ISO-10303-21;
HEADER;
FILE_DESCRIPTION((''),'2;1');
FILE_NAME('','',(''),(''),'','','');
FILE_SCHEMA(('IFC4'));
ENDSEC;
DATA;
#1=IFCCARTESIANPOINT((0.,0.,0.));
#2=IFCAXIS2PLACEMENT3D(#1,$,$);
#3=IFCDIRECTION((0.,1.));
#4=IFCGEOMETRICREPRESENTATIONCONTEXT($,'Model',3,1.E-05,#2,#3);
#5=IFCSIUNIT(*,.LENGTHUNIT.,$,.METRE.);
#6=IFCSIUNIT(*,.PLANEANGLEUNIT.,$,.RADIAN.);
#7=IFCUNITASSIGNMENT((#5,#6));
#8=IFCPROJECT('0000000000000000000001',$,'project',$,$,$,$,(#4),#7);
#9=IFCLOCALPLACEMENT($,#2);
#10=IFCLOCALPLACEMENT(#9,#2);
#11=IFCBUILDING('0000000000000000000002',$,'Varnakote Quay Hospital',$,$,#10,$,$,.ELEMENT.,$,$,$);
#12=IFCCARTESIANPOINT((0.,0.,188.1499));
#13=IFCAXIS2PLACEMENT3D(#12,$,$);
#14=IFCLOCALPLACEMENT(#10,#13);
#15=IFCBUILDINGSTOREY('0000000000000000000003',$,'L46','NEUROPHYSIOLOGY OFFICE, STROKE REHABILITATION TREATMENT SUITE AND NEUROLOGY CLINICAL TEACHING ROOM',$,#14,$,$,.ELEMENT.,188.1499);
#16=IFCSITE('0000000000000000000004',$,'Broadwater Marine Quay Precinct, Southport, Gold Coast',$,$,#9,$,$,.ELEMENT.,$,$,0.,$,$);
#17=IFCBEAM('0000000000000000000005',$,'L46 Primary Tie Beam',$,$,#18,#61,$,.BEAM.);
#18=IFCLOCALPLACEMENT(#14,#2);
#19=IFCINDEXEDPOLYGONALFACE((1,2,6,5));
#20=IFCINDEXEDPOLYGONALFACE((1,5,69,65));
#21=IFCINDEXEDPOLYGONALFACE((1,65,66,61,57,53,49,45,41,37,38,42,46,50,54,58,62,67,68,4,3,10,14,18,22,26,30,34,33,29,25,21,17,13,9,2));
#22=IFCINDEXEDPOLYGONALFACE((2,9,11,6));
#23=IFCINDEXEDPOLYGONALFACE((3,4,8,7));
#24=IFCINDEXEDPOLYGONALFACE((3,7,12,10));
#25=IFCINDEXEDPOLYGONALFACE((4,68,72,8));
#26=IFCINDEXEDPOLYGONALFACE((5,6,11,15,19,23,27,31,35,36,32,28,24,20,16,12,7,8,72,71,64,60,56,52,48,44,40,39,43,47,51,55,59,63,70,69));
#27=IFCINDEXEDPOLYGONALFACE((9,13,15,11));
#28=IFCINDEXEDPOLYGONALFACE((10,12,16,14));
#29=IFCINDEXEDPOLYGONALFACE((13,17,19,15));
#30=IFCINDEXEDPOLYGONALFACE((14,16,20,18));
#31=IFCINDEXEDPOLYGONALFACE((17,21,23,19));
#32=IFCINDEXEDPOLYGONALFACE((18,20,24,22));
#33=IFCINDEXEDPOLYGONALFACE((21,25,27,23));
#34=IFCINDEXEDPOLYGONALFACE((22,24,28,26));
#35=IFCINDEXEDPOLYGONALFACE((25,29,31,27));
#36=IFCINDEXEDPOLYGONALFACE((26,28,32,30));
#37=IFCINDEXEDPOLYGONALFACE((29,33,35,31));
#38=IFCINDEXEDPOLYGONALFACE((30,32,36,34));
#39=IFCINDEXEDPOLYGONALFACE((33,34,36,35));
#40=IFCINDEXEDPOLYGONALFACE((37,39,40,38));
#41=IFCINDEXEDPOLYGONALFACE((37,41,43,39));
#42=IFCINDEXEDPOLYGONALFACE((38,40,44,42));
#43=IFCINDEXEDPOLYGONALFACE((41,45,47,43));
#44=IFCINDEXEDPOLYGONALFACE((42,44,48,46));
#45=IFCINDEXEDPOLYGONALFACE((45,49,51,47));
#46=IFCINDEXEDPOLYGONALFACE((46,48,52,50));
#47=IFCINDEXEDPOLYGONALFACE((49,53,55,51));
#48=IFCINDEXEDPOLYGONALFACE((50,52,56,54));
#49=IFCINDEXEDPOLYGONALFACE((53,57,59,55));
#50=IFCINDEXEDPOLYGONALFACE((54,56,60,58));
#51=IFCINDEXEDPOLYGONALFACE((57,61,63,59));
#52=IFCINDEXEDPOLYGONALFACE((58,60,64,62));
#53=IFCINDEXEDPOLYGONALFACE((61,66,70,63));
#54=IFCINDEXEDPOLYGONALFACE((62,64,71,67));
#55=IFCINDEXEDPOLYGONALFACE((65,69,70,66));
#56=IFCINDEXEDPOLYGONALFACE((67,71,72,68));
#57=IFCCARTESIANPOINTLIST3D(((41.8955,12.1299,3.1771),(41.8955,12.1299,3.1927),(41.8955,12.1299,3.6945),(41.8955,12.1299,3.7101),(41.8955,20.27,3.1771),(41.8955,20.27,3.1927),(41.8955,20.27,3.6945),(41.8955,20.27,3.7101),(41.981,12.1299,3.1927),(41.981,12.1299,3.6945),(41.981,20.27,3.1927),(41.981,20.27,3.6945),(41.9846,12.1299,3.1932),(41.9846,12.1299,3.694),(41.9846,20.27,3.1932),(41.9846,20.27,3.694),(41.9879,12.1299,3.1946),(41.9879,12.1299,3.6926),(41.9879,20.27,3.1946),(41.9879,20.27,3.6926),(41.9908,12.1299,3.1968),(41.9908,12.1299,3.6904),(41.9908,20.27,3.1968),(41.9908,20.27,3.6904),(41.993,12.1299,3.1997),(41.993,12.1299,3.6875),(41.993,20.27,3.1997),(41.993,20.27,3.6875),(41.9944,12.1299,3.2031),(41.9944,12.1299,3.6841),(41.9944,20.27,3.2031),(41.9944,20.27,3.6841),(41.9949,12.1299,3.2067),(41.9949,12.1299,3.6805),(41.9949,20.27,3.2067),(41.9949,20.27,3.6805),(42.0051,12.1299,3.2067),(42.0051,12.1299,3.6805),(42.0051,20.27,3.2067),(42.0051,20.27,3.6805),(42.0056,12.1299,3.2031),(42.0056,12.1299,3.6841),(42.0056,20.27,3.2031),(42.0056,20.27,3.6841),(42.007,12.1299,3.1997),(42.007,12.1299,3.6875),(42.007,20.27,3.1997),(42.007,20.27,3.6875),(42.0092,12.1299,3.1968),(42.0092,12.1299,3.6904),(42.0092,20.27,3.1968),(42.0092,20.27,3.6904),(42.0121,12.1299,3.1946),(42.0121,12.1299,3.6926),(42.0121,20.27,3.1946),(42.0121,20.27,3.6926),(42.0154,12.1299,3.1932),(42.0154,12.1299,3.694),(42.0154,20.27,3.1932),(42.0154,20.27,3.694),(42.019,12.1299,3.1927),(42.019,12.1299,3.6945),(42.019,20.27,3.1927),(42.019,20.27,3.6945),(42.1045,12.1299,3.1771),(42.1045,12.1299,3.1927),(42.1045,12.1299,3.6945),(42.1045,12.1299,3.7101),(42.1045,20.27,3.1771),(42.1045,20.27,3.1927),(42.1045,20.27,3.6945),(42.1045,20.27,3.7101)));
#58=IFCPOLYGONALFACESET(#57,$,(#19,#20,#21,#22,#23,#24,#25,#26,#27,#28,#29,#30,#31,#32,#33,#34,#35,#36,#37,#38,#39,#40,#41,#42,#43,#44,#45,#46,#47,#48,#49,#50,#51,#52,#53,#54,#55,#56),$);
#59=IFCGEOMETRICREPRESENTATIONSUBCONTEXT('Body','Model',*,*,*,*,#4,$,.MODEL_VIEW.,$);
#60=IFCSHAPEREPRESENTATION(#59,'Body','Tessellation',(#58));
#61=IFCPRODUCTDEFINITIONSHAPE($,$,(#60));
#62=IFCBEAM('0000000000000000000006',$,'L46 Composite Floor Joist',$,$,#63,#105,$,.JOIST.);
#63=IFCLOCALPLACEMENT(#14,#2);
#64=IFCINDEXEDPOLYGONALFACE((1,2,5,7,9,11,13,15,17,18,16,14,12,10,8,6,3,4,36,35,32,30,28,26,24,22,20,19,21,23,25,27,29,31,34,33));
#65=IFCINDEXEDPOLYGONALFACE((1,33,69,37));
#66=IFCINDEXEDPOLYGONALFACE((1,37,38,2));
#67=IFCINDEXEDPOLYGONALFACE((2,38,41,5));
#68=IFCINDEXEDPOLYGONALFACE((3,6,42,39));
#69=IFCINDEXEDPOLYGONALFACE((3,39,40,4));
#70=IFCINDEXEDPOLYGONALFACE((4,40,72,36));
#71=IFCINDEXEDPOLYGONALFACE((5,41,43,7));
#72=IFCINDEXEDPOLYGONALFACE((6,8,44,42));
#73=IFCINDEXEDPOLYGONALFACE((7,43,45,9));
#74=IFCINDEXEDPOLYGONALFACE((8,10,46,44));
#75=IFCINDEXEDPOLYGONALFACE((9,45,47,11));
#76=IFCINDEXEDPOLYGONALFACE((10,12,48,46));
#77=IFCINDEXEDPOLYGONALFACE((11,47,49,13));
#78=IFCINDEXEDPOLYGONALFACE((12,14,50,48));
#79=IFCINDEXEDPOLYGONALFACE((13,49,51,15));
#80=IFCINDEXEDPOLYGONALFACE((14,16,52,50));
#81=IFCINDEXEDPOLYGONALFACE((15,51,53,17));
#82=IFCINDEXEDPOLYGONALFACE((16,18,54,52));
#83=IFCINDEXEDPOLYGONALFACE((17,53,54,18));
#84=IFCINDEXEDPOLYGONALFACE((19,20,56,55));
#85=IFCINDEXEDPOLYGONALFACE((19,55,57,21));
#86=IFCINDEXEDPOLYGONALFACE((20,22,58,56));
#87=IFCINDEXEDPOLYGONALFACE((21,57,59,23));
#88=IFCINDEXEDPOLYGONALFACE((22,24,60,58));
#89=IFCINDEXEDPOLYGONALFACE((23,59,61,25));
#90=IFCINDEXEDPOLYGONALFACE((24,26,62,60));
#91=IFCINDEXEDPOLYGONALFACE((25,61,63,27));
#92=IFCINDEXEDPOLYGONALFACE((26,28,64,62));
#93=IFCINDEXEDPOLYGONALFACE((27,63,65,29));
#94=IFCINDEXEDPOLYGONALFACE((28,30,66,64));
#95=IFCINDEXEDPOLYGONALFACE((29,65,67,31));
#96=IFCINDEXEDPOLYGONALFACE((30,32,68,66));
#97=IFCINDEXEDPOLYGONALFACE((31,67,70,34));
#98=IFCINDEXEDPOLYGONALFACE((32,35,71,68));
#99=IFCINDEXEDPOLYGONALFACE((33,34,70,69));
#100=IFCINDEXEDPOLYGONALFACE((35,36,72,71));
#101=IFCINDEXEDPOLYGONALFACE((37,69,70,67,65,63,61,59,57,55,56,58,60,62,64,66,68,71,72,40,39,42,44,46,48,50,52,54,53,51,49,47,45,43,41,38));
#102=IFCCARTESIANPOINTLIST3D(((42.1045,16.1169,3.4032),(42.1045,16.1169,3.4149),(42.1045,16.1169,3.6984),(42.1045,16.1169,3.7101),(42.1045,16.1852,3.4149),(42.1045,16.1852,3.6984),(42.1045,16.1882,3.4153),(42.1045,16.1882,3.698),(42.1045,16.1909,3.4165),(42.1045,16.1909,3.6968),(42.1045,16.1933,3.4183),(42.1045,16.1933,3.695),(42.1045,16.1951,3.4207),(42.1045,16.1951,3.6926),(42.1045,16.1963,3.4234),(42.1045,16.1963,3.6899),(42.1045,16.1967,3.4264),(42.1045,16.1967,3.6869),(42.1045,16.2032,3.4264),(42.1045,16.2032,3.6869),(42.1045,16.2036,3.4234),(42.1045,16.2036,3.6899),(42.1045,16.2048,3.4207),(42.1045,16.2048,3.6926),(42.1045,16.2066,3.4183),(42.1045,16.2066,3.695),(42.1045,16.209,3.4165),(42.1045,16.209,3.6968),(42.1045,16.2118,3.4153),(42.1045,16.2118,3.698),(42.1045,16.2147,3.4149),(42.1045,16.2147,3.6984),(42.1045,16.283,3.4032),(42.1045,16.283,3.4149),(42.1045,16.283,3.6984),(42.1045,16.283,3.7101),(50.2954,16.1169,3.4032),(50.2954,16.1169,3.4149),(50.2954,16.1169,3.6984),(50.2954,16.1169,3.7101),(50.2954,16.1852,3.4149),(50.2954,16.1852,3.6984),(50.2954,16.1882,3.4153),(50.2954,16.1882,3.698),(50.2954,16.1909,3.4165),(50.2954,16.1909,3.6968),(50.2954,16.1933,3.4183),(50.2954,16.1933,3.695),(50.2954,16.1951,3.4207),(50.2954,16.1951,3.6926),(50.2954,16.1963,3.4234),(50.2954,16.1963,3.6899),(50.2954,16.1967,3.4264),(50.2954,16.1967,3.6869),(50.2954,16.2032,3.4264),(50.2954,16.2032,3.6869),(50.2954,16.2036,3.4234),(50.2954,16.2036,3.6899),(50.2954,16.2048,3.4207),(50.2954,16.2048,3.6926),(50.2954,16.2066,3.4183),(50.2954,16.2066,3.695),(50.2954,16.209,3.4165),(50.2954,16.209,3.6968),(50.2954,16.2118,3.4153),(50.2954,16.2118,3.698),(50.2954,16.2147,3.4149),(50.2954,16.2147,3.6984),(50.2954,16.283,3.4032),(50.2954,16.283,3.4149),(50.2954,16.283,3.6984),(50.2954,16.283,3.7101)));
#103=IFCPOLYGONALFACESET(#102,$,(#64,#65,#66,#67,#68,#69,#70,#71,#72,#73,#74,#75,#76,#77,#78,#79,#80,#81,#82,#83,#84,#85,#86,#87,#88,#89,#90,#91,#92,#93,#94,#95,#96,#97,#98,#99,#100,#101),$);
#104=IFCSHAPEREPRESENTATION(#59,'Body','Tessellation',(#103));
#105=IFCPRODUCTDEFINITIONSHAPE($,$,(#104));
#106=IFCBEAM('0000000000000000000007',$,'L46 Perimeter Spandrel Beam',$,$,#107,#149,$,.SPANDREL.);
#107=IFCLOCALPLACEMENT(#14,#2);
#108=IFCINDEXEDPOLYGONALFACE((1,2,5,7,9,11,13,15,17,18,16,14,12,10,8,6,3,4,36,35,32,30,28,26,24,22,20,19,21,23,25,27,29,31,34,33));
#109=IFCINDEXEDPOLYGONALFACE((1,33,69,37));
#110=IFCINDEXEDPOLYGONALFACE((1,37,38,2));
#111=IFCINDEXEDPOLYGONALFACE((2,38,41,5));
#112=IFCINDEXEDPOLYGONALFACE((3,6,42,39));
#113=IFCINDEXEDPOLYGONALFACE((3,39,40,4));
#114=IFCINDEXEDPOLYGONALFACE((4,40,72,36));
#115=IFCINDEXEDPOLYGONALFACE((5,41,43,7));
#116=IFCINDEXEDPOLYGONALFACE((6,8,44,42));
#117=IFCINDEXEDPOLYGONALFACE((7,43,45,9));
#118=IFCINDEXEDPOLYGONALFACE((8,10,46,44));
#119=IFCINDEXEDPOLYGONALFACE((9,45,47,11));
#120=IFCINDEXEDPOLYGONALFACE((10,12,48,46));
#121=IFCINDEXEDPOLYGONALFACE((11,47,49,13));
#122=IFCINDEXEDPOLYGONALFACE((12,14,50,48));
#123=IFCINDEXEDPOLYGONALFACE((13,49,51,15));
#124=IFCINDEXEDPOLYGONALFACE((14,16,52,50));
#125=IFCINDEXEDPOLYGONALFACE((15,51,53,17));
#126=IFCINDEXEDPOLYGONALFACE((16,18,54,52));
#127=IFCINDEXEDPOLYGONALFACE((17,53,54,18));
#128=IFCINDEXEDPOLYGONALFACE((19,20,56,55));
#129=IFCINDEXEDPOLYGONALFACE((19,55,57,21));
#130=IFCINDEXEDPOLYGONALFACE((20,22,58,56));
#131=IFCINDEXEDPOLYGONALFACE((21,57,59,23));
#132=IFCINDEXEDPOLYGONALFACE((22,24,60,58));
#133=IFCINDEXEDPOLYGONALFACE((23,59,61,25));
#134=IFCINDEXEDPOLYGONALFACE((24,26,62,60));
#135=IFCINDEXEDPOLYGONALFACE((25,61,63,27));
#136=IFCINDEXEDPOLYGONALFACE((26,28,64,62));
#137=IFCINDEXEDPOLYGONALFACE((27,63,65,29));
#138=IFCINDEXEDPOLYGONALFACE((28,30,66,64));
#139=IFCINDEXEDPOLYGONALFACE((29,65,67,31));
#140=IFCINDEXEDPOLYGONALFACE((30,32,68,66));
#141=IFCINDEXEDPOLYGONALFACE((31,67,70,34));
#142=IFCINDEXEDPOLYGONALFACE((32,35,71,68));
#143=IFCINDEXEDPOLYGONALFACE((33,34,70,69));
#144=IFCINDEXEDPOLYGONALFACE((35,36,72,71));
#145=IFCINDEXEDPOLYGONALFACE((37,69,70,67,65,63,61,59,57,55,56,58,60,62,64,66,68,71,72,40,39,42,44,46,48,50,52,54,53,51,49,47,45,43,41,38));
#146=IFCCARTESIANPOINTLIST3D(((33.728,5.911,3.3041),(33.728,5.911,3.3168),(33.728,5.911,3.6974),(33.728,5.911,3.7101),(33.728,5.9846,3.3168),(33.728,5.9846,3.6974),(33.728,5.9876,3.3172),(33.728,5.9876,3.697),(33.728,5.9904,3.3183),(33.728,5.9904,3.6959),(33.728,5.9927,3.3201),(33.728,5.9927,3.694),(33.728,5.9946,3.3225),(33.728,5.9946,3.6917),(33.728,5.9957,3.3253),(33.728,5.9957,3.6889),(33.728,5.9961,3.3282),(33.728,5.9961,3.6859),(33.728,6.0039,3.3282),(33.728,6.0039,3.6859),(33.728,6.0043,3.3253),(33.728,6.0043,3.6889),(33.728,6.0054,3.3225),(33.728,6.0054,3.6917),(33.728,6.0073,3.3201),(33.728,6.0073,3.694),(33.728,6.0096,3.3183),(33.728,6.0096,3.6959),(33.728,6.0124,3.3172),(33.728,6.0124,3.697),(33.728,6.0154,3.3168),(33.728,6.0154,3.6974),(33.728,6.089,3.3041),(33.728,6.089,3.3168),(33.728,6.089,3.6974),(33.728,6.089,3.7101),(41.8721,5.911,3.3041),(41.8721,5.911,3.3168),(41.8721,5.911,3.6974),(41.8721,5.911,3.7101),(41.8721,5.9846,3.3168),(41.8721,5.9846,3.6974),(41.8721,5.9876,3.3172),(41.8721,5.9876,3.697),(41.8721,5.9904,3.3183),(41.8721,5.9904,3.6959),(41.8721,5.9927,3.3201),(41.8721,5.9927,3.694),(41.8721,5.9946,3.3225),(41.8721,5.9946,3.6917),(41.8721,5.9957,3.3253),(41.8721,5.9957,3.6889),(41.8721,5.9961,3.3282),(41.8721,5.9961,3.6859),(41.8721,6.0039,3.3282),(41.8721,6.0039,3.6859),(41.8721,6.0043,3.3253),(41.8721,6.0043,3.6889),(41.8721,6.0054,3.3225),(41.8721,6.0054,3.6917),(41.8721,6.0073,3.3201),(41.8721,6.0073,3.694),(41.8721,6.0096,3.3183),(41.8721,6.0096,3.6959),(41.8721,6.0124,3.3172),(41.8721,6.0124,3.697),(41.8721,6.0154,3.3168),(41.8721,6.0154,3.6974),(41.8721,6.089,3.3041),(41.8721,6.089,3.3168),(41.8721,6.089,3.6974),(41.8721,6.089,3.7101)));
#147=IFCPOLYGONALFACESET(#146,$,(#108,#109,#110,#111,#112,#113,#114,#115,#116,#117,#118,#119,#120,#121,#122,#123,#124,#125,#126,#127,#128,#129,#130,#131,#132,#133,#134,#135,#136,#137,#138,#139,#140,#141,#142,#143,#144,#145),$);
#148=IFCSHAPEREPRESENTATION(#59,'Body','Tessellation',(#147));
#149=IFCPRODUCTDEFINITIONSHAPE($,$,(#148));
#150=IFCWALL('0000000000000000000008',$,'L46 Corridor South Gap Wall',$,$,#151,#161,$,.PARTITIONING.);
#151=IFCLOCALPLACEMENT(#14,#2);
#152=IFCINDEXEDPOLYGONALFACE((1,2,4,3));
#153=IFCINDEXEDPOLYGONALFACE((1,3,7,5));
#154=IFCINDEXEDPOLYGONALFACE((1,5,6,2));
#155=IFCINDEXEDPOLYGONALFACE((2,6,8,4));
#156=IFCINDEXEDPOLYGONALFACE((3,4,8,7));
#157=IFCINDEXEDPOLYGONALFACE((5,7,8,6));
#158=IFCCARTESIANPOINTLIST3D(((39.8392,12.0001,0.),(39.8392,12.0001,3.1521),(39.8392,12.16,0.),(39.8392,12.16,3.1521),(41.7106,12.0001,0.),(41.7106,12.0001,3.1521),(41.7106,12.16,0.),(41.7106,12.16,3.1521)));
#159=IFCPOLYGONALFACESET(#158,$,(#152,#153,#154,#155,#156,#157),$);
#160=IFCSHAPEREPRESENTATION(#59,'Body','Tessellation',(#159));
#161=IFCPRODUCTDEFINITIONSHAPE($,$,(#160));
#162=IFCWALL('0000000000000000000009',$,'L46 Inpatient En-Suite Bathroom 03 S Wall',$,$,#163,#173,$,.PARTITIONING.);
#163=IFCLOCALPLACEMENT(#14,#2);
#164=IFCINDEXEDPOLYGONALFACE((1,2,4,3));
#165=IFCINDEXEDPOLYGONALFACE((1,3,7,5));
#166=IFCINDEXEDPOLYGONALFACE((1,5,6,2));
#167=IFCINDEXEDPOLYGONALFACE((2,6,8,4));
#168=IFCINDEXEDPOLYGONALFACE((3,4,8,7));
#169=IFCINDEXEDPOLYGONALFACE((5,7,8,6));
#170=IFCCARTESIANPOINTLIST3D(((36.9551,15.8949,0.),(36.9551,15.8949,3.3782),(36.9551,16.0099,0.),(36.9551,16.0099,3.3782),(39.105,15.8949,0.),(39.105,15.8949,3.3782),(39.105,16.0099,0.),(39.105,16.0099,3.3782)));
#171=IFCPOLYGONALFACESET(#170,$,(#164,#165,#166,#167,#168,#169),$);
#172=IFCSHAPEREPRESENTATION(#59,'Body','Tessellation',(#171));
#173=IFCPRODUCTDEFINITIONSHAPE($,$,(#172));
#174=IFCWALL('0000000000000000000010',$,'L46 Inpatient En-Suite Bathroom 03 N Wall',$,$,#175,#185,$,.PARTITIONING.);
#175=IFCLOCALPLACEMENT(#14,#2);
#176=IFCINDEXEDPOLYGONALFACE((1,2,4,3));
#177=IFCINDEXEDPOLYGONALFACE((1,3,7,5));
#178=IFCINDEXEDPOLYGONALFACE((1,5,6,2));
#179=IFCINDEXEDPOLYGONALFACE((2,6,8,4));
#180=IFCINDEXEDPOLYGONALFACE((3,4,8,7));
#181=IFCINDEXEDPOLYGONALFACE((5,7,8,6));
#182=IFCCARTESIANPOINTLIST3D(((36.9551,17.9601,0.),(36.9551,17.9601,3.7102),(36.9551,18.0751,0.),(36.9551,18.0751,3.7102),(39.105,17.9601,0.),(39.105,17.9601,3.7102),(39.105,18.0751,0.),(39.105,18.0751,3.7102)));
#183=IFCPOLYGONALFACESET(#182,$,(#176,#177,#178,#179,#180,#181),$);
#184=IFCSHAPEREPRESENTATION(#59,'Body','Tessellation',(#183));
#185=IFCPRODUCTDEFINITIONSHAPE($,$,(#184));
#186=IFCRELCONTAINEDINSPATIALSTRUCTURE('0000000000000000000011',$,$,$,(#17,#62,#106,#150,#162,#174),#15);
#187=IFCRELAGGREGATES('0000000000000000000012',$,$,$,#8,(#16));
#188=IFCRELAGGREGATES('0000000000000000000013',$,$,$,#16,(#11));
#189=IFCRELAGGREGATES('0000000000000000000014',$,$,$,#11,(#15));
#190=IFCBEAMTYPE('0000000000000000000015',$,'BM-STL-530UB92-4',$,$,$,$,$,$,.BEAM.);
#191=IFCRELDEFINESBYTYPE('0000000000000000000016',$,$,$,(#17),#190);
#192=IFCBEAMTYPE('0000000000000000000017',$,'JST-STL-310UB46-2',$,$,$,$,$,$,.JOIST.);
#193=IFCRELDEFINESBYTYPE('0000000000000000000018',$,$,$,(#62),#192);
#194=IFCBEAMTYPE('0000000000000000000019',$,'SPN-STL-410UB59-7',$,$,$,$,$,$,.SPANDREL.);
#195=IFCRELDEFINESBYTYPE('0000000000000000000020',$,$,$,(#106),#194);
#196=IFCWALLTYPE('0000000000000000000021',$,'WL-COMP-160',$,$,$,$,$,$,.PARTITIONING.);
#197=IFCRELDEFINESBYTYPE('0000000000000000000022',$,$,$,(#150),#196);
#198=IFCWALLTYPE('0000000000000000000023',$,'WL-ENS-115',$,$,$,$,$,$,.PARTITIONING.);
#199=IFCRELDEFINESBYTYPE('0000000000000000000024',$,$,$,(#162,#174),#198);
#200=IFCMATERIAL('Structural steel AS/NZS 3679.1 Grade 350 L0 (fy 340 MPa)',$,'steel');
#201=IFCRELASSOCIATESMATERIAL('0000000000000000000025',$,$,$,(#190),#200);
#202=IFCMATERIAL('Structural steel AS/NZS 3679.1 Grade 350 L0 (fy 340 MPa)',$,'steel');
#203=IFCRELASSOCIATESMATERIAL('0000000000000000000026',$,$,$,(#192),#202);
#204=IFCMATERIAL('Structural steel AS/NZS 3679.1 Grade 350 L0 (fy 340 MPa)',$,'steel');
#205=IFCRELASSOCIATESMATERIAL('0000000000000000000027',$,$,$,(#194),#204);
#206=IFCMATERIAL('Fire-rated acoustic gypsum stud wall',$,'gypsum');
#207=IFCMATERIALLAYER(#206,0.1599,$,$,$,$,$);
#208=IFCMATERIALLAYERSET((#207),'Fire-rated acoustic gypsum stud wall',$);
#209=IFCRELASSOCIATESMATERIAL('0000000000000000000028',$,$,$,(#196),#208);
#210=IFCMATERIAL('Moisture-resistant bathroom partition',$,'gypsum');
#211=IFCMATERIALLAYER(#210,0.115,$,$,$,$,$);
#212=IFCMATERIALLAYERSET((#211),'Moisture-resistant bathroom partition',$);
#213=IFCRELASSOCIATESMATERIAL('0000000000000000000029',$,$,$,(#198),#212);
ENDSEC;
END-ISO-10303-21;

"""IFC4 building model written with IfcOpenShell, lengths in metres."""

from ifc_helpers import new_model, si_unit, direction, frame, frame_2d, origin, origin_2d, place, context, subcontext, project, spatial, rectangle, i_section, extrude, material, layer, layer_set, material_profile, profile_set, type_object, element, save


model = new_model("IFC4")

# Units and contexts
model_context = context("Model", 3, precision=1e-05, world=origin(), true_north=direction((0.0, 1.0)))
body_context = subcontext(model_context, "Body", "Model", "MODEL_VIEW")
ifc_project = project(units=[si_unit("LENGTHUNIT", "METRE"), si_unit("PLANEANGLEUNIT", "RADIAN")], contexts=[model_context])

# Site, building, storey
site_placement = place(None, origin())
site = spatial("IfcSite", under=ifc_project, at=site_placement, Name="Broadwater Marine Quay Precinct, Southport, Gold Coast", CompositionType="ELEMENT", RefElevation=0.0)
building_placement = place(site_placement, origin())
building = spatial("IfcBuilding", under=site, at=building_placement, Name="Varnakote Quay Hospital", CompositionType="ELEMENT")
storey_placement = place(building_placement, frame((0.0, 0.0, 188.1499)))
storey = spatial("IfcBuildingStorey", under=building, at=storey_placement, Name="L46", Description="NEUROPHYSIOLOGY OFFICE, STROKE REHABILITATION TREATMENT SUITE AND NEUROLOGY CLINICAL TEACHING ROOM", CompositionType="ELEMENT", Elevation=188.1499)

# Beams
ifc_material_1 = material(Name="Structural steel AS/NZS 3679.1 Grade 350 L0 (fy 340 MPa)", Category="steel")
ifc_material_profile_1 = material_profile(ifc_material_1, i_section(OverallWidth=0.209, OverallDepth=0.533, WebThickness=0.0103, FlangeThickness=0.0156, FilletRadius=0.0139, at=origin_2d()), Name="530UB92.4")
ifc_profile_set_1 = profile_set([ifc_material_profile_1], Name="Structural steel AS/NZS 3679.1 Grade 350 L0 (fy 340 MPa)")
beam_type_1 = type_object("IfcBeamType", Name="BM-STL-530UB92-4", PredefinedType="BEAM", material=ifc_profile_set_1)
beam_1_placement = place(storey_placement, frame((42.0, 12.1299, 3.4436), z_axis=(0.0, 1.0, 0.0), x_axis=(-1.0, 0.0, 0.0)))
element("IfcBeam", 1, at=beam_1_placement, inside=storey, type_object=beam_type_1, Name="L46 Primary Tie Beam", PredefinedType="BEAM", context=body_context, shape_type="SweptSolid", body=[
    extrude(i_section(OverallWidth=0.209, OverallDepth=0.533, WebThickness=0.0103, FlangeThickness=0.0156, FilletRadius=0.0139, at=origin_2d()), origin(), (0.0, 0.0, 1.0), 8.1401),
])
ifc_material_2 = material(Name="Structural steel AS/NZS 3679.1 Grade 350 L0 (fy 340 MPa)", Category="steel")
ifc_material_profile_2 = material_profile(ifc_material_2, i_section(OverallWidth=0.166, OverallDepth=0.3069, WebThickness=0.0066, FlangeThickness=0.0117, FilletRadius=0.0115, at=origin_2d()), Name="310UB46.2")
ifc_profile_set_2 = profile_set([ifc_material_profile_2], Name="Structural steel AS/NZS 3679.1 Grade 350 L0 (fy 340 MPa)")
beam_type_2 = type_object("IfcBeamType", Name="JST-STL-310UB46-2", PredefinedType="JOIST", material=ifc_profile_set_2)
beam_2_placement = place(storey_placement, frame((42.1045, 16.2, 3.5566), z_axis=(1.0, 0.0, 0.0), x_axis=(0.0, 1.0, 0.0)))
element("IfcBeam", 2, at=beam_2_placement, inside=storey, type_object=beam_type_2, Name="L46 Composite Floor Joist", PredefinedType="JOIST", context=body_context, shape_type="SweptSolid", body=[
    extrude(i_section(OverallWidth=0.166, OverallDepth=0.3069, WebThickness=0.0066, FlangeThickness=0.0117, FilletRadius=0.0115, at=origin_2d()), origin(), (0.0, 0.0, 1.0), 8.1909),
])
ifc_material_3 = material(Name="Structural steel AS/NZS 3679.1 Grade 350 L0 (fy 340 MPa)", Category="steel")
ifc_material_profile_3 = material_profile(ifc_material_3, i_section(OverallWidth=0.178, OverallDepth=0.406, WebThickness=0.0078, FlangeThickness=0.0127, FilletRadius=0.0115, at=origin_2d()), Name="410UB59.7")
ifc_profile_set_3 = profile_set([ifc_material_profile_3], Name="Structural steel AS/NZS 3679.1 Grade 350 L0 (fy 340 MPa)")
beam_type_3 = type_object("IfcBeamType", Name="SPN-STL-410UB59-7", PredefinedType="SPANDREL", material=ifc_profile_set_3)
beam_3_placement = place(storey_placement, frame((33.728, 6.0, 3.5071), z_axis=(1.0, 0.0, 0.0), x_axis=(0.0, 1.0, 0.0)))
element("IfcBeam", 3, at=beam_3_placement, inside=storey, type_object=beam_type_3, Name="L46 Perimeter Spandrel Beam", PredefinedType="SPANDREL", context=body_context, shape_type="SweptSolid", body=[
    extrude(i_section(OverallWidth=0.178, OverallDepth=0.406, WebThickness=0.0078, FlangeThickness=0.0127, FilletRadius=0.0115, at=origin_2d()), origin(), (0.0, 0.0, 1.0), 8.144),
])

# Walls
ifc_material_4 = material(Name="Fire-rated acoustic gypsum stud wall", Category="gypsum")
ifc_layer_1 = layer(ifc_material_4, 0.1599)
ifc_layer_set_1 = layer_set([ifc_layer_1], Name="Fire-rated acoustic gypsum stud wall")
wall_type_1 = type_object("IfcWallType", Name="WL-COMP-160", PredefinedType="PARTITIONING", material=ifc_layer_set_1)
wall_1_placement = place(storey_placement, frame((39.8394, 12.0801, 0.0), z_axis=(0.0, 0.0, 1.0), x_axis=(1.0, 0.0, 0.0)))
element("IfcWall", 4, at=wall_1_placement, inside=storey, type_object=wall_type_1, Name="L46 Corridor South Gap Wall", PredefinedType="PARTITIONING", context=body_context, shape_type="SweptSolid", body=[
    extrude(rectangle(XDim=1.8713, YDim=0.1599, at=frame_2d((0.9355, 0.0))), origin(), (0.0, 0.0, 1.0), 3.1521),
])
ifc_material_5 = material(Name="Moisture-resistant bathroom partition", Category="gypsum")
ifc_layer_2 = layer(ifc_material_5, 0.115)
ifc_layer_set_2 = layer_set([ifc_layer_2], Name="Moisture-resistant bathroom partition")
wall_type_2 = type_object("IfcWallType", Name="WL-ENS-115", PredefinedType="PARTITIONING", material=ifc_layer_set_2)
wall_2_placement = place(storey_placement, frame((36.9551, 15.9524, 0.0), z_axis=(0.0, 0.0, 1.0), x_axis=(1.0, 0.0, 0.0)))
element("IfcWall", 5, at=wall_2_placement, inside=storey, type_object=wall_type_2, Name="L46 Inpatient En-Suite Bathroom 03 S Wall", PredefinedType="PARTITIONING", context=body_context, shape_type="SweptSolid", body=[
    extrude(rectangle(XDim=2.1499, YDim=0.115, at=frame_2d((1.075, 0.0))), origin(), (0.0, 0.0, 1.0), 3.3782),
])
wall_3_placement = place(storey_placement, frame((36.9551, 18.0176, 0.0), z_axis=(0.0, 0.0, 1.0), x_axis=(1.0, 0.0, 0.0)))
element("IfcWall", 6, at=wall_3_placement, inside=storey, type_object=wall_type_2, Name="L46 Inpatient En-Suite Bathroom 03 N Wall", PredefinedType="PARTITIONING", context=body_context, shape_type="SweptSolid", body=[
    extrude(rectangle(XDim=2.1499, YDim=0.115, at=frame_2d((1.075, 0.0))), origin(), (0.0, 0.0, 1.0), 3.7102),
])

save(model, "model.ifc")
